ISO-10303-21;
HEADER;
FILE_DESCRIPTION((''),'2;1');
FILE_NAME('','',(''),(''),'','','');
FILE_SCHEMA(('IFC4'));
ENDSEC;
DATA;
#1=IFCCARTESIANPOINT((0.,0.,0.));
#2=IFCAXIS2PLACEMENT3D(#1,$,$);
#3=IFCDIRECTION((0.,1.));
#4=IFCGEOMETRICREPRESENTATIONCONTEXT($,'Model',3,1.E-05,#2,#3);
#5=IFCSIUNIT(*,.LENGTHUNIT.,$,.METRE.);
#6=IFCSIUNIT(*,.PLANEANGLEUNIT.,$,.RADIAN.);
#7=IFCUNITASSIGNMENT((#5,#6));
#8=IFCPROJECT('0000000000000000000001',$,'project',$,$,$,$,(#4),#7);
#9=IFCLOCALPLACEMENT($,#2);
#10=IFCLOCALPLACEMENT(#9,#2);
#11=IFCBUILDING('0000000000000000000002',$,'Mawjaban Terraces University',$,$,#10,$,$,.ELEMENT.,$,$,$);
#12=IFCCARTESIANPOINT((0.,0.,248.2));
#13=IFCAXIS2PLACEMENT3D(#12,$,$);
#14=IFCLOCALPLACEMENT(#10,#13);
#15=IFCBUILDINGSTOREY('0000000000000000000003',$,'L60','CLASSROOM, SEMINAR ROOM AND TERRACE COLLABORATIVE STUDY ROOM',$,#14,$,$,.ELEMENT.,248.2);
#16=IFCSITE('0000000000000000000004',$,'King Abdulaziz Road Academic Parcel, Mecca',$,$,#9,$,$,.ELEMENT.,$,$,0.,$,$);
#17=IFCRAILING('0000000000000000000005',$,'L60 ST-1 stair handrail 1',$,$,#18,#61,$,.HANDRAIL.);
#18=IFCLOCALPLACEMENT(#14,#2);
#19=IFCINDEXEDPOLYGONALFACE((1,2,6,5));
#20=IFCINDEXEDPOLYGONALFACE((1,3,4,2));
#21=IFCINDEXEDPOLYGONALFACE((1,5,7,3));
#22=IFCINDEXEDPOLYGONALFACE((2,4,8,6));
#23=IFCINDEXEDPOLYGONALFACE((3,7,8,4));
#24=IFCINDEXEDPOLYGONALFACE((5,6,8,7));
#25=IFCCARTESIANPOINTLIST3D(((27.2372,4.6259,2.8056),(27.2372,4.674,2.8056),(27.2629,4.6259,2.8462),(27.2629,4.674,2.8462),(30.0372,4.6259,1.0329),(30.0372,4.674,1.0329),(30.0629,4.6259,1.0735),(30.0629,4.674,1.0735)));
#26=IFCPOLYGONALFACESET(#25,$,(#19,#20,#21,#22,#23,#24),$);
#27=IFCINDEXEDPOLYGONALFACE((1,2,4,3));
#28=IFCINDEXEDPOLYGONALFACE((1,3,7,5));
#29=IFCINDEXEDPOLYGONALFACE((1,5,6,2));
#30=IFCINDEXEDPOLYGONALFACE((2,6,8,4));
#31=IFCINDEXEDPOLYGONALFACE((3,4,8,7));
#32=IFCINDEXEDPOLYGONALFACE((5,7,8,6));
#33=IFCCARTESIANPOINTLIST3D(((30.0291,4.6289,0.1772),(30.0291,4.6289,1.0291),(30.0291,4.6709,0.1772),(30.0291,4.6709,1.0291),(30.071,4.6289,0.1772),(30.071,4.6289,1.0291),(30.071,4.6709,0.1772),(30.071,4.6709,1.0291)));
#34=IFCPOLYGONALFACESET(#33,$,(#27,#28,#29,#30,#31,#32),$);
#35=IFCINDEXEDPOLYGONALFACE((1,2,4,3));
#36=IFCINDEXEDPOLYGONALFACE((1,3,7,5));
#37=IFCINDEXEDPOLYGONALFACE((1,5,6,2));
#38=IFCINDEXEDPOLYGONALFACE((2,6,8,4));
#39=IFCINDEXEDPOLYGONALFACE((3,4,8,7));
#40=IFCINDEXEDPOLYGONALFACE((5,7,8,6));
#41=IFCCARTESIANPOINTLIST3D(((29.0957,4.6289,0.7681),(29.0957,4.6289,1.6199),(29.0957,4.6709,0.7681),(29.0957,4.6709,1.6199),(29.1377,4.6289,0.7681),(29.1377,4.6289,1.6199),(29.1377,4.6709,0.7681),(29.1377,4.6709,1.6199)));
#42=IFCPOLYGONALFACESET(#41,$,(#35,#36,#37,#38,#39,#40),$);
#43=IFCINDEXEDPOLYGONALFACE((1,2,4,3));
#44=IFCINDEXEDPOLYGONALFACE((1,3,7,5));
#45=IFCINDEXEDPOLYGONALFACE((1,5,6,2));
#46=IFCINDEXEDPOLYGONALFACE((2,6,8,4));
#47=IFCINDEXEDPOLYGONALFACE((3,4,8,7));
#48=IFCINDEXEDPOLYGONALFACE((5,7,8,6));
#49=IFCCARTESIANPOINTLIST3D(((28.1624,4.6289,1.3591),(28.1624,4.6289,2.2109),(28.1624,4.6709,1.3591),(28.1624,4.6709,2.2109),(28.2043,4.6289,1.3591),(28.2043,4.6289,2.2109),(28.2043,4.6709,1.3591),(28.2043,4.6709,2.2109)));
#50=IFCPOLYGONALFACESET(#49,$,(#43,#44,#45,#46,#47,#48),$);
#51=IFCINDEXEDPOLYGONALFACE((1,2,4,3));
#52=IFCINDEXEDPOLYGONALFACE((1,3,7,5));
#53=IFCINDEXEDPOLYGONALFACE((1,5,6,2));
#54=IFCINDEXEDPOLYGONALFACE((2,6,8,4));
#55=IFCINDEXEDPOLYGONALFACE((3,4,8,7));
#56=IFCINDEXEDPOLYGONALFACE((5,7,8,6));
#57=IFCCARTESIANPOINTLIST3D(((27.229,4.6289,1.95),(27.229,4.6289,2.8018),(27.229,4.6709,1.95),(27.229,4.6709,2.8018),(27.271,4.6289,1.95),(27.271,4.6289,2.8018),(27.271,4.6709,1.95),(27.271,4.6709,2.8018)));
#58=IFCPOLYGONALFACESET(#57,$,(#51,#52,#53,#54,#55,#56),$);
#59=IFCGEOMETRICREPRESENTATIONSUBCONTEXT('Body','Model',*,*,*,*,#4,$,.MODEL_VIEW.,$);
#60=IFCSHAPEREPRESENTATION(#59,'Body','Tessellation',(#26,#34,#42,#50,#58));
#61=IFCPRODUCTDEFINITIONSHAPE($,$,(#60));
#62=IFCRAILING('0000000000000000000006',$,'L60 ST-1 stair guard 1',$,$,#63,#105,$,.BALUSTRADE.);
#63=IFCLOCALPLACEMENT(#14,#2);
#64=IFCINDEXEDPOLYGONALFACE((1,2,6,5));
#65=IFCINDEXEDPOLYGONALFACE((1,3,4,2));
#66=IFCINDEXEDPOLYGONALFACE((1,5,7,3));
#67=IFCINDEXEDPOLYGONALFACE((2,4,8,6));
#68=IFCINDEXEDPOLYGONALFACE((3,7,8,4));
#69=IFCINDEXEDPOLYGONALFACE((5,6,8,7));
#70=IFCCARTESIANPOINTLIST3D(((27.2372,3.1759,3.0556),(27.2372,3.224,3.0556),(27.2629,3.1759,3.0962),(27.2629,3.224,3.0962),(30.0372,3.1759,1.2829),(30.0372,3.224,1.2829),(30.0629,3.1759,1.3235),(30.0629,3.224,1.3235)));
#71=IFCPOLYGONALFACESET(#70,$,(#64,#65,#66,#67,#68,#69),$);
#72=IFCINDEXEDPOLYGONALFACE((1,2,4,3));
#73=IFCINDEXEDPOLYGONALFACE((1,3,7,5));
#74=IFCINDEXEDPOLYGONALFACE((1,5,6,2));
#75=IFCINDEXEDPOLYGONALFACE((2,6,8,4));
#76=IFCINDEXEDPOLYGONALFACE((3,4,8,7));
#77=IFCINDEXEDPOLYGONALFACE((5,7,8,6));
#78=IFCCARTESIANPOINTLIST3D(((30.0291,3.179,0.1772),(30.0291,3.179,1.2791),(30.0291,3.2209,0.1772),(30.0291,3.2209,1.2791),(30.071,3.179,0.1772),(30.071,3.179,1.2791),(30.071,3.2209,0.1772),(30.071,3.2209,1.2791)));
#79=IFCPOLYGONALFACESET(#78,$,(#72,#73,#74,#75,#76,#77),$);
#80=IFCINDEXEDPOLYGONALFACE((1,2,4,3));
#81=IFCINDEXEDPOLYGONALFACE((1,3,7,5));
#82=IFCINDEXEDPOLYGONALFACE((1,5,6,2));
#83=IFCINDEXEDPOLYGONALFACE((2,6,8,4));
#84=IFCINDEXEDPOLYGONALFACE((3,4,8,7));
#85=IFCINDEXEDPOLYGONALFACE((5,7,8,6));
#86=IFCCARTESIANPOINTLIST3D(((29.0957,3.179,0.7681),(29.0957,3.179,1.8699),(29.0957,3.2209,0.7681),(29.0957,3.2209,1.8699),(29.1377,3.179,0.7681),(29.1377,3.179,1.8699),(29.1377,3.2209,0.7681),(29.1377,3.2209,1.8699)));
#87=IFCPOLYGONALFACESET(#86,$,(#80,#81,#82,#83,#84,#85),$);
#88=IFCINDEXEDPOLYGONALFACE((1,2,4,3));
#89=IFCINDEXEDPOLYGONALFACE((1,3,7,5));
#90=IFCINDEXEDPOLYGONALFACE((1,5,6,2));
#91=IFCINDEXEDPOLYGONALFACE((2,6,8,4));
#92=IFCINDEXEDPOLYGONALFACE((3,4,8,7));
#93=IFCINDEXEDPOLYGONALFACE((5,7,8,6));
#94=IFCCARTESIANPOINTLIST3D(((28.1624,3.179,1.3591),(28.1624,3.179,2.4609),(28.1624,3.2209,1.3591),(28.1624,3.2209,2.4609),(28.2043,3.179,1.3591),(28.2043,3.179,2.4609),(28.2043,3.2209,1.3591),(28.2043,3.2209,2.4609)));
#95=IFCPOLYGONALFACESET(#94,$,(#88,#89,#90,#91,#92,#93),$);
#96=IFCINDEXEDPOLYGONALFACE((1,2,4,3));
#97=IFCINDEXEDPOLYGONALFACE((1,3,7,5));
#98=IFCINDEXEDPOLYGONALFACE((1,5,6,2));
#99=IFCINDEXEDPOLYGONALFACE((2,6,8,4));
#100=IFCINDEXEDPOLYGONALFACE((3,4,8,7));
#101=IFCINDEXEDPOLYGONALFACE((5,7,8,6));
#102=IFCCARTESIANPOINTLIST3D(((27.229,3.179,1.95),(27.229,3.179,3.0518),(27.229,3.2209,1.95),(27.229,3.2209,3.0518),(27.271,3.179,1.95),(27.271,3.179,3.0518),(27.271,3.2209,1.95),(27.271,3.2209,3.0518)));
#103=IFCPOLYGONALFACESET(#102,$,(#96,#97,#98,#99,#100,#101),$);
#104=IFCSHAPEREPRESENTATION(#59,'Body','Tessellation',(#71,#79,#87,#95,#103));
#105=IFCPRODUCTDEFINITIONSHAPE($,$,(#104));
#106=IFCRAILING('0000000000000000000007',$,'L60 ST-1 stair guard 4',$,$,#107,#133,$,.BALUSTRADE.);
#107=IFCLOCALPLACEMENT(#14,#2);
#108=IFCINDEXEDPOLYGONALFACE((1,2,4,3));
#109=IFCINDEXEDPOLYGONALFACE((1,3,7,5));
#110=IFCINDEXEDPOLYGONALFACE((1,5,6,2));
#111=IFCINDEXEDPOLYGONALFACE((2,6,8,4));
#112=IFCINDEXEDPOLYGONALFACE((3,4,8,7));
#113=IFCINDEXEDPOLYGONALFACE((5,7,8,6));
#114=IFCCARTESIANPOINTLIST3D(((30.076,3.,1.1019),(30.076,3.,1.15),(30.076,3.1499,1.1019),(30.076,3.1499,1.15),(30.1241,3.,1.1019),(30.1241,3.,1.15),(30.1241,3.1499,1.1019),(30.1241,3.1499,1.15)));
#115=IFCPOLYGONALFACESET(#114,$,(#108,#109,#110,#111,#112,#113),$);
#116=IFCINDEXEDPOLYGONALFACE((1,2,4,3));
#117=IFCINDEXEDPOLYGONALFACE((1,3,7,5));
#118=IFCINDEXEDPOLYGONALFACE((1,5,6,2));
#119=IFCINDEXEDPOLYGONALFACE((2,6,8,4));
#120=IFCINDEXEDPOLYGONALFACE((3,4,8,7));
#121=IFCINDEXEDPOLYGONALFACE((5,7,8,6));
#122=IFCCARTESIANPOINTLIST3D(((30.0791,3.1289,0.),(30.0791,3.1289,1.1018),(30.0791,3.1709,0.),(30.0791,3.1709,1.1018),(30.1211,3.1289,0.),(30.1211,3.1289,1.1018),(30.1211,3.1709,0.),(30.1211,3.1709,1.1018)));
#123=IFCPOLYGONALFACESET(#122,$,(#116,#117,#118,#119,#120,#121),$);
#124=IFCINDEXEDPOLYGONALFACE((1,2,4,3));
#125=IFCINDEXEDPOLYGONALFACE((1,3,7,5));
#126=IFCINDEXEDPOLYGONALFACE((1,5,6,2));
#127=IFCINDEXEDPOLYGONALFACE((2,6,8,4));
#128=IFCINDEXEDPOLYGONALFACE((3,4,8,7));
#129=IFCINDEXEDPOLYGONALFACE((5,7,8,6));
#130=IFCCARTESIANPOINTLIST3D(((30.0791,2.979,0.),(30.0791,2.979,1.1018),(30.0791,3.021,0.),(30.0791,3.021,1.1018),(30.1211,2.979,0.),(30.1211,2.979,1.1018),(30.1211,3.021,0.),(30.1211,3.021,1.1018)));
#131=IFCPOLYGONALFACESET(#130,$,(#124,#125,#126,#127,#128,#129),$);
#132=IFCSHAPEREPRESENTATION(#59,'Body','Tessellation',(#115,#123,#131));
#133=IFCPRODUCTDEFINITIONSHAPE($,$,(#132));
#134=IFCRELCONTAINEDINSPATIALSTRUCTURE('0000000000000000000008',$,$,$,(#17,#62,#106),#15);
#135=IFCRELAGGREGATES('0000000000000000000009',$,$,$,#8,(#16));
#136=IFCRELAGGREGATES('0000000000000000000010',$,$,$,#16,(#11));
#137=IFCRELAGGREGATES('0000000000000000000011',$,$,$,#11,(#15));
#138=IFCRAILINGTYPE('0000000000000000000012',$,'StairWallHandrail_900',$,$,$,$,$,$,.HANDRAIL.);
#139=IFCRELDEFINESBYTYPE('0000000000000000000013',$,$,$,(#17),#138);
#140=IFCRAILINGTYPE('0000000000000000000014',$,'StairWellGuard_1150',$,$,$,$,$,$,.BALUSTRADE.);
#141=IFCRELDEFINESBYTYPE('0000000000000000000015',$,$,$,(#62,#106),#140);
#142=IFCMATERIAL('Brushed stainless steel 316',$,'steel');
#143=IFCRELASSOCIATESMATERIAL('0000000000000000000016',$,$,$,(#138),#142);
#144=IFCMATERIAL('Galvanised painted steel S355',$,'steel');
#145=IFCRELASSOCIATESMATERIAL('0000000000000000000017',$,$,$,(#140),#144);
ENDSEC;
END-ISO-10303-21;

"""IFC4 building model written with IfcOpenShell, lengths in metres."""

from ifc_helpers import new_model, si_unit, direction, frame, origin, origin_2d, place, context, subcontext, project, spatial, rectangle, extrude, material, type_object, element, save


model = new_model("IFC4")

# Units and contexts
model_context = context("Model", 3, precision=1e-05, world=origin(), true_north=direction((0.0, 1.0)))
body_context = subcontext(model_context, "Body", "Model", "MODEL_VIEW")
ifc_project = project(units=[si_unit("LENGTHUNIT", "METRE"), si_unit("PLANEANGLEUNIT", "RADIAN")], contexts=[model_context])

# Site, building, storey
site_placement = place(None, origin())
site = spatial("IfcSite", under=ifc_project, at=site_placement, Name="King Abdulaziz Road Academic Parcel, Mecca", CompositionType="ELEMENT", RefElevation=0.0)
building_placement = place(site_placement, origin())
building = spatial("IfcBuilding", under=site, at=building_placement, Name="Mawjaban Terraces University", CompositionType="ELEMENT")
storey_placement = place(building_placement, frame((0.0, 0.0, 248.2)))
storey = spatial("IfcBuildingStorey", under=building, at=storey_placement, Name="L60", Description="CLASSROOM, SEMINAR ROOM AND TERRACE COLLABORATIVE STUDY ROOM", CompositionType="ELEMENT", Elevation=248.2)

# Railings
ifc_material_1 = material(Name="Brushed stainless steel 316", Category="steel")
railing_type_1 = type_object("IfcRailingType", Name="StairWallHandrail_900", PredefinedType="HANDRAIL", material=ifc_material_1)
railing_1_placement = place(storey_placement, frame((30.05, 4.6499, 0.1772)))
element("IfcRailing", 1, at=railing_1_placement, inside=storey, type_object=railing_type_1, Name="L60 ST-1 stair handrail 1", PredefinedType="HANDRAIL", context=body_context, shape_type="SweptSolid", body=[
    extrude(rectangle(XDim=0.0481, YDim=0.0481, at=origin_2d()), frame((0.0, 0.0, 0.876), z_axis=(-0.844909, 0.0, 0.53491), x_axis=(0.0, -1.0, 0.0)), (0.0, 0.0, 1.0), 3.314),
    extrude(rectangle(XDim=0.042, YDim=0.042, at=origin_2d()), origin(), (0.0, 0.0, 1.0), 0.8518),
    extrude(rectangle(XDim=0.042, YDim=0.042, at=origin_2d()), frame((-0.9333, 0.0, 0.5908)), (0.0, 0.0, 1.0), 0.8518),
    extrude(rectangle(XDim=0.042, YDim=0.042, at=origin_2d()), frame((-1.8667, 0.0, 1.1819)), (0.0, 0.0, 1.0), 0.8518),
    extrude(rectangle(XDim=0.042, YDim=0.042, at=origin_2d()), frame((-2.8, 0.0, 1.7727)), (0.0, 0.0, 1.0), 0.8518),
])
ifc_material_2 = material(Name="Galvanised painted steel S355", Category="steel")
railing_type_2 = type_object("IfcRailingType", Name="StairWellGuard_1150", PredefinedType="BALUSTRADE", material=ifc_material_2)
railing_2_placement = place(storey_placement, frame((30.05, 3.2, 0.1772)))
element("IfcRailing", 2, at=railing_2_placement, inside=storey, type_object=railing_type_2, Name="L60 ST-1 stair guard 1", PredefinedType="BALUSTRADE", context=body_context, shape_type="SweptSolid", body=[
    extrude(rectangle(XDim=0.0481, YDim=0.0481, at=origin_2d()), frame((0.0, 0.0, 1.126), z_axis=(-0.844909, 0.0, 0.53491), x_axis=(0.0, -1.0, 0.0)), (0.0, 0.0, 1.0), 3.314),
    extrude(rectangle(XDim=0.042, YDim=0.042, at=origin_2d()), origin(), (0.0, 0.0, 1.0), 1.1018),
    extrude(rectangle(XDim=0.042, YDim=0.042, at=origin_2d()), frame((-0.9333, 0.0, 0.5908)), (0.0, 0.0, 1.0), 1.1018),
    extrude(rectangle(XDim=0.042, YDim=0.042, at=origin_2d()), frame((-1.8667, 0.0, 1.1819)), (0.0, 0.0, 1.0), 1.1018),
    extrude(rectangle(XDim=0.042, YDim=0.042, at=origin_2d()), frame((-2.8, 0.0, 1.7727)), (0.0, 0.0, 1.0), 1.1018),
])
railing_3_placement = place(storey_placement, frame((30.1001, 3.1499, 0.0)))
element("IfcRailing", 3, at=railing_3_placement, inside=storey, type_object=railing_type_2, Name="L60 ST-1 stair guard 4", PredefinedType="BALUSTRADE", context=body_context, shape_type="SweptSolid", body=[
    extrude(rectangle(XDim=0.0481, YDim=0.0481, at=origin_2d()), frame((0.0, 0.0, 1.126), z_axis=(0.0, -1.0, 0.0), x_axis=(1.0, 0.0, 0.0)), (0.0, 0.0, 1.0), 0.1499),
    extrude(rectangle(XDim=0.042, YDim=0.042, at=origin_2d()), origin(), (0.0, 0.0, 1.0), 1.1018),
    extrude(rectangle(XDim=0.042, YDim=0.042, at=origin_2d()), frame((0.0, -0.1499, 0.0)), (0.0, 0.0, 1.0), 1.1018),
])

save(model, "model.ifc")
